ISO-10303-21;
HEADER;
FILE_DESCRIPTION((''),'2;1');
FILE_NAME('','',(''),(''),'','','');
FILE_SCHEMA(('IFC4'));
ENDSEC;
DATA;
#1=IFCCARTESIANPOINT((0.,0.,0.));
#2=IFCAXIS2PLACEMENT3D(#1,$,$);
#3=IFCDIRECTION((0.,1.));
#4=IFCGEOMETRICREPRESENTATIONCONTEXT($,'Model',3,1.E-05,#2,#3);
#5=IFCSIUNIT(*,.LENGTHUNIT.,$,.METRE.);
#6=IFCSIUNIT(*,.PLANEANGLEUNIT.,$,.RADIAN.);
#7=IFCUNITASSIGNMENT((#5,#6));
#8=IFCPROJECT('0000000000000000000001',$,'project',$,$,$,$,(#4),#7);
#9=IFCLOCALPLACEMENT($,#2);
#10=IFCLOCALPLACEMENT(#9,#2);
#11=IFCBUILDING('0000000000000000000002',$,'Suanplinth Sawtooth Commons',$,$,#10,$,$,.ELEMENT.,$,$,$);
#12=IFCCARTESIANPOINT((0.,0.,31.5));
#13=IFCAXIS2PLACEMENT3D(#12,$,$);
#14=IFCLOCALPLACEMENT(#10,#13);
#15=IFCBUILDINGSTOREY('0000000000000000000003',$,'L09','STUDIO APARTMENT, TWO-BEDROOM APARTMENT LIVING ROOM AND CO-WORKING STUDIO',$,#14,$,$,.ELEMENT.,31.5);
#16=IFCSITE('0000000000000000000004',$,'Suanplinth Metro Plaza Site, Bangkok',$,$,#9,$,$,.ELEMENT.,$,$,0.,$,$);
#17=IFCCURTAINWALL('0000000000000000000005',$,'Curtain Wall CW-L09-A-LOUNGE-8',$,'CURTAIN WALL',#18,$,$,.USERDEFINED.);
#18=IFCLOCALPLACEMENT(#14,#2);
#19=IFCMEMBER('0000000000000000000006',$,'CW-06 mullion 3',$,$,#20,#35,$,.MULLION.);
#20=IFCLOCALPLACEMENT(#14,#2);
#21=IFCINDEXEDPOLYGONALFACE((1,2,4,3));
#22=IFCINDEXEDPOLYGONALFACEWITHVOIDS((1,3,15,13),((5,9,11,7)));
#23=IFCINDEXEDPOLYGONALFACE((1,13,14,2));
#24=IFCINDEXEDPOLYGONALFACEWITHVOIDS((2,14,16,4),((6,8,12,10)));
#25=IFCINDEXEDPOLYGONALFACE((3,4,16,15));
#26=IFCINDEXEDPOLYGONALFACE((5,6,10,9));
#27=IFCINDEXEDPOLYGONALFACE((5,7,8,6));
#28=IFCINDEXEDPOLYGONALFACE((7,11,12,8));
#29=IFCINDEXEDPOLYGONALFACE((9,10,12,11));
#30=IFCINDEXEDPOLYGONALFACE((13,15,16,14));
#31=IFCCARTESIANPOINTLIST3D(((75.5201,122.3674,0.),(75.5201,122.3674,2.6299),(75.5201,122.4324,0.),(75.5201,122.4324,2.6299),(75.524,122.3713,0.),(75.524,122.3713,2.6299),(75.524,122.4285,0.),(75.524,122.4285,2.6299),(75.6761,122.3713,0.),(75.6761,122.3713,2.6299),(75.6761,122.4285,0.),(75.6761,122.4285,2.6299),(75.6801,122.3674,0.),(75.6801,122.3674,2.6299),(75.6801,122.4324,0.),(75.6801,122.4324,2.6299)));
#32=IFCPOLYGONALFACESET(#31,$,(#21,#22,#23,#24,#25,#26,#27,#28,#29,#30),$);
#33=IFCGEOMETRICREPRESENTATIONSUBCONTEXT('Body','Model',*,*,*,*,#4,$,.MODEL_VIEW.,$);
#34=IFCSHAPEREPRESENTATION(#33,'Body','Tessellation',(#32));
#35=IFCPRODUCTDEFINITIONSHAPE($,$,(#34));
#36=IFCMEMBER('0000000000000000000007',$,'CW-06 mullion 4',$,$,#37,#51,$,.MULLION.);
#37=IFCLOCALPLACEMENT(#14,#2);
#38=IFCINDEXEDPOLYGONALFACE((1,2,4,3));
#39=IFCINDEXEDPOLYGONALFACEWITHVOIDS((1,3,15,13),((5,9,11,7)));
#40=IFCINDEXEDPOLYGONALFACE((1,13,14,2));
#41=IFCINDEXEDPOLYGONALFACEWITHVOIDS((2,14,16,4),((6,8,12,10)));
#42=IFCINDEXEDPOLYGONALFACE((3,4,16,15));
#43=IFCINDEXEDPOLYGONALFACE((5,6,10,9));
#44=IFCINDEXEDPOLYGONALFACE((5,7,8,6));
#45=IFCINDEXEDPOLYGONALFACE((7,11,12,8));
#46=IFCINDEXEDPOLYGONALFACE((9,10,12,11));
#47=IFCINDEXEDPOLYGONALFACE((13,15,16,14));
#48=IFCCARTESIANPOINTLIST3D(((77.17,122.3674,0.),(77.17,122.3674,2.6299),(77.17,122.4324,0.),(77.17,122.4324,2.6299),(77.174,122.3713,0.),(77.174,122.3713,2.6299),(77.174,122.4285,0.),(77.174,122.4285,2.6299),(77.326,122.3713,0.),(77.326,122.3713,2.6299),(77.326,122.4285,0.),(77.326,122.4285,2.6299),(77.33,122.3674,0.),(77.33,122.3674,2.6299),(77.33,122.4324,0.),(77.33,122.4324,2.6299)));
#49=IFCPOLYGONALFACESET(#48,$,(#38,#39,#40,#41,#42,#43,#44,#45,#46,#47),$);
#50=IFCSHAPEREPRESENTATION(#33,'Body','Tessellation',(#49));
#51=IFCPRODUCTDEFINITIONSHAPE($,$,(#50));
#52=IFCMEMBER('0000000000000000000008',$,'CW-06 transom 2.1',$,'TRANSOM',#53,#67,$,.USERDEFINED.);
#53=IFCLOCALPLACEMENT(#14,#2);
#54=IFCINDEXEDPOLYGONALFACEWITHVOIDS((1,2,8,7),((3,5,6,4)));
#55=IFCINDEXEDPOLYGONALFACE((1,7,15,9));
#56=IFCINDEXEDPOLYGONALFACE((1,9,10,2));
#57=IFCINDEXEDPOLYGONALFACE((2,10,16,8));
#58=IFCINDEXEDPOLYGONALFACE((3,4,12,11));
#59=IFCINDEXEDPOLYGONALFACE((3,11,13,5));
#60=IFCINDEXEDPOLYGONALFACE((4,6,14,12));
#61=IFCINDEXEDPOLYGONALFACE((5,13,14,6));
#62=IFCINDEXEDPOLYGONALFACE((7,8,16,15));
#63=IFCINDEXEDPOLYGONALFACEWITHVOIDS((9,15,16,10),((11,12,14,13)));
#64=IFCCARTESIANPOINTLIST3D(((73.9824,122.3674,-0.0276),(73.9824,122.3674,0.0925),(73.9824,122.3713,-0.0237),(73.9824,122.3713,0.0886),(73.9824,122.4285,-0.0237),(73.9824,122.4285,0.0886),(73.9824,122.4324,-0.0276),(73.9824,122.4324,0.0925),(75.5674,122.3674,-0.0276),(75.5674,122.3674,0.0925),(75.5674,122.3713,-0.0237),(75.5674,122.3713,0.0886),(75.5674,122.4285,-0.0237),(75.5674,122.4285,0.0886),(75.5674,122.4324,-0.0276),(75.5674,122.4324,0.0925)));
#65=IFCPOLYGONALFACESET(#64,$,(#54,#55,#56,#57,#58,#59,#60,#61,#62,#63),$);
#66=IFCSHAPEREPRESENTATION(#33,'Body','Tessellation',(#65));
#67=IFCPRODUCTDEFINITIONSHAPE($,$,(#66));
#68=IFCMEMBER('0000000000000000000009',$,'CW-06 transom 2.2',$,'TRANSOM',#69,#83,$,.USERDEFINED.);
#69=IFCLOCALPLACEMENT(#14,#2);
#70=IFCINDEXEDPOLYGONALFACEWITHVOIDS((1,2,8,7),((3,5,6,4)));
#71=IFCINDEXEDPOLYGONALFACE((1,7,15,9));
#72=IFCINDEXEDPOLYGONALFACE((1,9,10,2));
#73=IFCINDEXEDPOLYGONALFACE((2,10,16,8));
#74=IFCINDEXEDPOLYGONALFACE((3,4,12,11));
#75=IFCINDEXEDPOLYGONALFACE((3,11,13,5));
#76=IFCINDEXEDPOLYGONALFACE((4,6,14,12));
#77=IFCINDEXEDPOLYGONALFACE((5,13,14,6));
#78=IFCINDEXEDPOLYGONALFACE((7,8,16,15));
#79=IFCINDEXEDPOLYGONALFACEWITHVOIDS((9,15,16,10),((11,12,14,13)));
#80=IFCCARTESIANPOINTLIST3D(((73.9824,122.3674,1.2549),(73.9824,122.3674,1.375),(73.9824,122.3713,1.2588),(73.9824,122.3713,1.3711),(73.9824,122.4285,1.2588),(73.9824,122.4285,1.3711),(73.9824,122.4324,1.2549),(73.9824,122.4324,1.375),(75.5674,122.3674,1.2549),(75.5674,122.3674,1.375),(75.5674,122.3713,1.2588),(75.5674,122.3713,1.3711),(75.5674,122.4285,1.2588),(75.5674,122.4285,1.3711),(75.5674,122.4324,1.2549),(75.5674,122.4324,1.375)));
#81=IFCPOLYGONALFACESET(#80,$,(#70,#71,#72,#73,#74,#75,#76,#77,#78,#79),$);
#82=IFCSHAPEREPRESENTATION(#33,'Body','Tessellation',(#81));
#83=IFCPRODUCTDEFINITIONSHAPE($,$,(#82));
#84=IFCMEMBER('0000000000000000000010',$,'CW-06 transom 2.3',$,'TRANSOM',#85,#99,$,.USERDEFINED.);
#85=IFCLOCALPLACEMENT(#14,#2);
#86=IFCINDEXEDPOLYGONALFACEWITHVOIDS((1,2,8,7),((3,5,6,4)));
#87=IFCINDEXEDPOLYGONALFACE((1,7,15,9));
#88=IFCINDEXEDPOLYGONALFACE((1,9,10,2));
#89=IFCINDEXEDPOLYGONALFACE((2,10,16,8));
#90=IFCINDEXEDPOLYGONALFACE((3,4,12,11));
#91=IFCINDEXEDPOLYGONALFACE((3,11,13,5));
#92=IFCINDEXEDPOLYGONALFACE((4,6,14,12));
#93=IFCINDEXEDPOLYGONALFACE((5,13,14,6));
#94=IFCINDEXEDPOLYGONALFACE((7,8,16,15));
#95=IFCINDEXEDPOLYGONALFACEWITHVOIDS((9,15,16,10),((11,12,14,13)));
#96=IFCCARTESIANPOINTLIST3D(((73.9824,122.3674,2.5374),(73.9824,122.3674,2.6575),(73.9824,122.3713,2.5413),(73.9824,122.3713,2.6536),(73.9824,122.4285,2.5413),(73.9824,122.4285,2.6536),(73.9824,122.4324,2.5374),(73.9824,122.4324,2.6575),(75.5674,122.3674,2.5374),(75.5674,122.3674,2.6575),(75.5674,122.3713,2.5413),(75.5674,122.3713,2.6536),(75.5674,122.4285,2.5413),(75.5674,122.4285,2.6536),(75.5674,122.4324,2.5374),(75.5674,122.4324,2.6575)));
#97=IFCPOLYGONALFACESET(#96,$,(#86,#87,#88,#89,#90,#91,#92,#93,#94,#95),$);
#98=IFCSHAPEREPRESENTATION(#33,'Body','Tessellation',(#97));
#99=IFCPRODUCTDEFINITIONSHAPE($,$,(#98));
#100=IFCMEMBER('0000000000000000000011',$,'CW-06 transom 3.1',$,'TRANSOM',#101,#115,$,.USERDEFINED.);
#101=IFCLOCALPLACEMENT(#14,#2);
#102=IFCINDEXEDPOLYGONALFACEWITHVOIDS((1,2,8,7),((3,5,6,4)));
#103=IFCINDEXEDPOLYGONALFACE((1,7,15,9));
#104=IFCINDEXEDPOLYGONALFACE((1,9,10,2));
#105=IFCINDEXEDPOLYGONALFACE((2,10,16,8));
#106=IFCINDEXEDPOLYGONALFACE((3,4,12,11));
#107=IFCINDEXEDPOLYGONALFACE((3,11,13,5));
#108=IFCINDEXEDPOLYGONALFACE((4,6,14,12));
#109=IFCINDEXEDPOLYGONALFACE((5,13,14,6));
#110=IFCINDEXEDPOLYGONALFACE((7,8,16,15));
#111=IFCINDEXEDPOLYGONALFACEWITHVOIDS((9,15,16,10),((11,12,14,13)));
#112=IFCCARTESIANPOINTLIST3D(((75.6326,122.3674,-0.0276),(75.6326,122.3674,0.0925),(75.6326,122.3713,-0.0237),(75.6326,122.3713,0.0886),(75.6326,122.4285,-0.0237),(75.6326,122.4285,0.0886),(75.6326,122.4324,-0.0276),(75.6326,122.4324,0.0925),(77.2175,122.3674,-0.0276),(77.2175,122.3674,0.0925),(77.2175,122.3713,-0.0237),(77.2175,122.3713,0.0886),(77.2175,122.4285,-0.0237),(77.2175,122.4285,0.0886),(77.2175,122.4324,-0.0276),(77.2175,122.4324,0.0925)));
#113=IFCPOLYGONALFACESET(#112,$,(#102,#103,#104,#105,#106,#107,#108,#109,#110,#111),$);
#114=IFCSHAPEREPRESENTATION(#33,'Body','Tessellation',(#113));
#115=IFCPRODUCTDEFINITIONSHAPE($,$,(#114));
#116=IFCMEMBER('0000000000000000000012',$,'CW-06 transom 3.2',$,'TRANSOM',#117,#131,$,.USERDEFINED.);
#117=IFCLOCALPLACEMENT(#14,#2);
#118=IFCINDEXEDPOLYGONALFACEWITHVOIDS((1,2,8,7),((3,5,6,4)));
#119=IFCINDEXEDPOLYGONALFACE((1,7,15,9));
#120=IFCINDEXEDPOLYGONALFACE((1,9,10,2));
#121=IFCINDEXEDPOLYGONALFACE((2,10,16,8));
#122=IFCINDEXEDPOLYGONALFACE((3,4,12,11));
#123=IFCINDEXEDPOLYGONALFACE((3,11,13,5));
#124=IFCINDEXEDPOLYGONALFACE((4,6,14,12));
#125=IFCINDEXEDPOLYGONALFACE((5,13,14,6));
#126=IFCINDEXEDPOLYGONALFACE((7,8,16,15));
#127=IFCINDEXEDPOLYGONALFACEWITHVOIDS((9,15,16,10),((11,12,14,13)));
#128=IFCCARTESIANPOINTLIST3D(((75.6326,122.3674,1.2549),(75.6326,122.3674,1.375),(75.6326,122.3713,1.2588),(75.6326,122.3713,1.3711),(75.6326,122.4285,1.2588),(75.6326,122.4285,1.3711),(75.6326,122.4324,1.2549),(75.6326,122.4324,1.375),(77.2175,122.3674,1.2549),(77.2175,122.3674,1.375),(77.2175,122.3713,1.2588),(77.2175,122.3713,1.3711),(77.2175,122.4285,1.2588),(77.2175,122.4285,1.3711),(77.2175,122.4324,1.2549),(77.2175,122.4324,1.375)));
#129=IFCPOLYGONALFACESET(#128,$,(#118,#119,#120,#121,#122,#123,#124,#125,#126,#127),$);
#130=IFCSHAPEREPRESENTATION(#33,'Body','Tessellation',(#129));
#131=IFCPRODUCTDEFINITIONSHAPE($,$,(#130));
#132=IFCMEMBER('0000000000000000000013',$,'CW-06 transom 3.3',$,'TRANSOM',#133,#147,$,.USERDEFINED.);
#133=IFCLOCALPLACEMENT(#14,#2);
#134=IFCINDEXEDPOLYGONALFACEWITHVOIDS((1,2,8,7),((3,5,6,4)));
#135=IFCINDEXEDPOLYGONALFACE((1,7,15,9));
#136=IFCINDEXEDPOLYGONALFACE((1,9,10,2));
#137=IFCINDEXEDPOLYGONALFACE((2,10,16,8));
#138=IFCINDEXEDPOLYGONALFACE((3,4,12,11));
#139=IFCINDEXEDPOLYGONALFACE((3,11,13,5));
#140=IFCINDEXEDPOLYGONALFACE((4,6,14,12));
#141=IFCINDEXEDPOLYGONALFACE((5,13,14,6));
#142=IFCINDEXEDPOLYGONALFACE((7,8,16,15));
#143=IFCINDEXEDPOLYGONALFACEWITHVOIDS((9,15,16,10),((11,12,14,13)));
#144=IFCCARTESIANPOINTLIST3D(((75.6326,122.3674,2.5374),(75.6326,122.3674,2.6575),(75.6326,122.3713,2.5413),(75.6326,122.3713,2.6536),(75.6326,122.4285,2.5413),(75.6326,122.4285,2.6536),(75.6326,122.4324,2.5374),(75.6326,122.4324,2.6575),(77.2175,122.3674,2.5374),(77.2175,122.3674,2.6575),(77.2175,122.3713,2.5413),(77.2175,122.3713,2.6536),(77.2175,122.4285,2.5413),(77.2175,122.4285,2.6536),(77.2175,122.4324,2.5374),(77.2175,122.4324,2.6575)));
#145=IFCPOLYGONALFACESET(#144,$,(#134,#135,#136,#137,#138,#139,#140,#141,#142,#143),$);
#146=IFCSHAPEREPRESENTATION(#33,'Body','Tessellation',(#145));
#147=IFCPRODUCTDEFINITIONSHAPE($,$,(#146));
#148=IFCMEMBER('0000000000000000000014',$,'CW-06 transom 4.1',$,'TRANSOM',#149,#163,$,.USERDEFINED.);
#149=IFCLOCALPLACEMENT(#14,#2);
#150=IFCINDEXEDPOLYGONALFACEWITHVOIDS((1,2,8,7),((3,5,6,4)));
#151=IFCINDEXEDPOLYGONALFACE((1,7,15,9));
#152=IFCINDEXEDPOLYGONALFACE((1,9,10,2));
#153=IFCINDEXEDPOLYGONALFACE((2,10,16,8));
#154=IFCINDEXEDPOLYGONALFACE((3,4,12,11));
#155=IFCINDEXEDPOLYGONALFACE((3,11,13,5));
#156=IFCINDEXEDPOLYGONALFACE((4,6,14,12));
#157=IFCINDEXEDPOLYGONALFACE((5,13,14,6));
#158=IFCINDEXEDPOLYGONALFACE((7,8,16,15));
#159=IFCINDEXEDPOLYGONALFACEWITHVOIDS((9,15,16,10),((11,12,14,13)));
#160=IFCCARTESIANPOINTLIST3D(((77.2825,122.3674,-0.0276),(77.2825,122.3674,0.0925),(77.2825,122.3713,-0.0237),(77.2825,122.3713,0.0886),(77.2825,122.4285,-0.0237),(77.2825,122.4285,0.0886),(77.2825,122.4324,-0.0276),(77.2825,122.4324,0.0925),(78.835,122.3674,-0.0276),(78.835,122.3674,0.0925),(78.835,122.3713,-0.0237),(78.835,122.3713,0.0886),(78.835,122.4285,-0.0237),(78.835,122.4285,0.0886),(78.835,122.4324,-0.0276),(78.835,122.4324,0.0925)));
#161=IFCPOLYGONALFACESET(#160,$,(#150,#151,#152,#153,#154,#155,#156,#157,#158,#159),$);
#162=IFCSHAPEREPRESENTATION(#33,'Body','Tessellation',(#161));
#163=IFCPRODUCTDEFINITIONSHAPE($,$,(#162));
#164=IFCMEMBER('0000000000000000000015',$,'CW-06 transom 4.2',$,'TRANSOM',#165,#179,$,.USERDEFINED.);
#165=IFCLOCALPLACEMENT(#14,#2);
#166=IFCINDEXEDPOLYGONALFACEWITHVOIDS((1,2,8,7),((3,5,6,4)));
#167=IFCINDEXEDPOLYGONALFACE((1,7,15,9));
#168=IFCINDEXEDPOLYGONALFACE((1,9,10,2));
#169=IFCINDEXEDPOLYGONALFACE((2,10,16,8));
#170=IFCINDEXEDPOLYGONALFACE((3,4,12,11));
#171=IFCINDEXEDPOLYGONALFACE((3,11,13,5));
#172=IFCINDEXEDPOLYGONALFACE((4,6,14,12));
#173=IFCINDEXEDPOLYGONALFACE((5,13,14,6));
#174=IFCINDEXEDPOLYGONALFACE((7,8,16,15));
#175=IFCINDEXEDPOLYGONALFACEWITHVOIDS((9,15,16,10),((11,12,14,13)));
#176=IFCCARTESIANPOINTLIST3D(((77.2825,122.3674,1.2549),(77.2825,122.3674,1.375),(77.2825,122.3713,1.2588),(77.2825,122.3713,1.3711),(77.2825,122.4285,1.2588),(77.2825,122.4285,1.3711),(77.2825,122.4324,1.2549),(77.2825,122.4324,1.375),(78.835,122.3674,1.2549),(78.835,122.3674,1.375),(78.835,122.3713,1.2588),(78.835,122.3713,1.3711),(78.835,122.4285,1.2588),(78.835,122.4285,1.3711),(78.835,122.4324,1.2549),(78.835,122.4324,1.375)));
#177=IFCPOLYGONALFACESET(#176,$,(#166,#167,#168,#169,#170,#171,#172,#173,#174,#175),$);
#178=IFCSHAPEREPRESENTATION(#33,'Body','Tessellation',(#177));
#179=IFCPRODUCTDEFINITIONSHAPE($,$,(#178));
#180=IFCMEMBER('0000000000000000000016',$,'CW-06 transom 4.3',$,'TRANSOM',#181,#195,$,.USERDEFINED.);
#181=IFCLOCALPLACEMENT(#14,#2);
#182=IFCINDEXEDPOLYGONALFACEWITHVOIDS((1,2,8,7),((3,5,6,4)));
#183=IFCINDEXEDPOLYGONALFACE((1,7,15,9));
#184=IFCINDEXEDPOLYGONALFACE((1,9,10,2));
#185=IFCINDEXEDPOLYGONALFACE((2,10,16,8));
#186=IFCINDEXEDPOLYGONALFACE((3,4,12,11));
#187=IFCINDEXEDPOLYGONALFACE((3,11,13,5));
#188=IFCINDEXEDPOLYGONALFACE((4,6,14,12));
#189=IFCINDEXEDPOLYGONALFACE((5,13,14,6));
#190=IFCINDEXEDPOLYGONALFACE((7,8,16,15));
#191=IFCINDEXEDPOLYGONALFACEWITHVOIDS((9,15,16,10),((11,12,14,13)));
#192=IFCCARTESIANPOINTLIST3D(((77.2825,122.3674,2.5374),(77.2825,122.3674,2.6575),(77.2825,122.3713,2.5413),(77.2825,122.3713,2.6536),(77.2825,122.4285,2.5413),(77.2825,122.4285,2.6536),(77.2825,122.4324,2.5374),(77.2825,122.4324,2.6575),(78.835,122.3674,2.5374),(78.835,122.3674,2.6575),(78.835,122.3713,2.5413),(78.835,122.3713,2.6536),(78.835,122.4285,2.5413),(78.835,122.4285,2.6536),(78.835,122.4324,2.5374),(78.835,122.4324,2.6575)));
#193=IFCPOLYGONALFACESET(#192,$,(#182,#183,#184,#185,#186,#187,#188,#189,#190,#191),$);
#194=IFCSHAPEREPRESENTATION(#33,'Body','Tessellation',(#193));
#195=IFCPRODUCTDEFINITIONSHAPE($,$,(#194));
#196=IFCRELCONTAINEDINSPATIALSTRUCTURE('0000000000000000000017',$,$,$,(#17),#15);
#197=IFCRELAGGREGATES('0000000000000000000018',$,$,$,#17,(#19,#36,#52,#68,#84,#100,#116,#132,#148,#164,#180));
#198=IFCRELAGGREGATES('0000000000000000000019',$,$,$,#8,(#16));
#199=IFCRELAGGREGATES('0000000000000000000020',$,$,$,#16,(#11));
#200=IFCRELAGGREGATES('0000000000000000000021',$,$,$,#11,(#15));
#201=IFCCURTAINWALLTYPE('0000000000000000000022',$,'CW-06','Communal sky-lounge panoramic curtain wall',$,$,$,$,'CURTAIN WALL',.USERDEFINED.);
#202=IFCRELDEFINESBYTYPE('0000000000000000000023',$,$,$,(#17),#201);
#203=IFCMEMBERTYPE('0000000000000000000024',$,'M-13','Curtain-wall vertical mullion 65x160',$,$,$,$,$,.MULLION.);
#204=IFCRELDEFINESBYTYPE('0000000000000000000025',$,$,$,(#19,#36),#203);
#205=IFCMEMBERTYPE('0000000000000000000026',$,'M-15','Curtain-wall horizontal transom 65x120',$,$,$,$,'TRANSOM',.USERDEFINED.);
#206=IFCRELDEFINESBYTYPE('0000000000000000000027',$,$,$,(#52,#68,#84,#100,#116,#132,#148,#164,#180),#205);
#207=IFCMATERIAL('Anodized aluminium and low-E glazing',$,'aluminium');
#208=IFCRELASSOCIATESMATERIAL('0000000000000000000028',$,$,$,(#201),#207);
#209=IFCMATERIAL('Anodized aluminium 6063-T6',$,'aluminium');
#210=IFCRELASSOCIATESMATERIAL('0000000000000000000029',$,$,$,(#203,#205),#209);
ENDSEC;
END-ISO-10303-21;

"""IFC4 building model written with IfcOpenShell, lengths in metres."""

from ifc_helpers import new_model, si_unit, direction, frame, origin, origin_2d, place, context, subcontext, project, spatial, hollow_rectangle, extrude, material, material_profile, profile_set, type_object, element, aggregate, save


model = new_model("IFC4")

# Units and contexts
model_context = context("Model", 3, precision=1e-05, world=origin(), true_north=direction((0.0, 1.0)))
body_context = subcontext(model_context, "Body", "Model", "MODEL_VIEW")
ifc_project = project(units=[si_unit("LENGTHUNIT", "METRE"), si_unit("PLANEANGLEUNIT", "RADIAN")], contexts=[model_context])

# Site, building, storey
site_placement = place(None, origin())
site = spatial("IfcSite", under=ifc_project, at=site_placement, Name="Suanplinth Metro Plaza Site, Bangkok", CompositionType="ELEMENT", RefElevation=0.0)
building_placement = place(site_placement, origin())
building = spatial("IfcBuilding", under=site, at=building_placement, Name="Suanplinth Sawtooth Commons", CompositionType="ELEMENT")
storey_placement = place(building_placement, frame((0.0, 0.0, 31.5)))
storey = spatial("IfcBuildingStorey", under=building, at=storey_placement, Name="L09", Description="STUDIO APARTMENT, TWO-BEDROOM APARTMENT LIVING ROOM AND CO-WORKING STUDIO", CompositionType="ELEMENT", Elevation=31.5)

# Curtain wall, members
ifc_material_1 = material(Name="Anodized aluminium and low-E glazing", Category="aluminium")
curtain_wall_type = type_object("IfcCurtainWallType", Name="CW-06", Description="Communal sky-lounge panoramic curtain wall", ElementType="CURTAIN WALL", PredefinedType="USERDEFINED", material=ifc_material_1)
curtain_wall_placement = place(storey_placement, origin())
curtain_wall = element("IfcCurtainWall", 1, at=curtain_wall_placement, inside=storey, type_object=curtain_wall_type, Name="Curtain Wall CW-L09-A-LOUNGE-8", ObjectType="CURTAIN WALL", PredefinedType="USERDEFINED")
ifc_material_2 = material(Name="Anodized aluminium 6063-T6", Category="aluminium")
ifc_material_profile_1 = material_profile(ifc_material_2, hollow_rectangle(XDim=0.0649, YDim=0.1599, WallThickness=0.0039, at=origin_2d()), Name="ALU-MUL 65x160")
ifc_profile_set_1 = profile_set([ifc_material_profile_1], Name="Anodized aluminium 6063-T6")
member_type_1 = type_object("IfcMemberType", Name="M-13", Description="Curtain-wall vertical mullion 65x160", PredefinedType="MULLION", material=ifc_profile_set_1)
member_1_placement = place(storey_placement, frame((75.6001, 122.3999, 0.0), z_axis=(0.0, 0.0, 1.0), x_axis=(0.0, 1.0, 0.0)))
member_1 = element("IfcMember", 2, at=member_1_placement, type_object=member_type_1, Name="CW-06 mullion 3", PredefinedType="MULLION", context=body_context, shape_type="SweptSolid", body=[
    extrude(hollow_rectangle(XDim=0.0649, YDim=0.1599, WallThickness=0.0039, at=origin_2d()), origin(), (0.0, 0.0, 1.0), 2.6299),
])
member_2_placement = place(storey_placement, frame((77.25, 122.3999, 0.0), z_axis=(0.0, 0.0, 1.0), x_axis=(0.0, 1.0, 0.0)))
member_2 = element("IfcMember", 3, at=member_2_placement, type_object=member_type_1, Name="CW-06 mullion 4", PredefinedType="MULLION", context=body_context, shape_type="SweptSolid", body=[
    extrude(hollow_rectangle(XDim=0.0649, YDim=0.1599, WallThickness=0.0039, at=origin_2d()), origin(), (0.0, 0.0, 1.0), 2.6299),
])
ifc_material_profile_2 = material_profile(ifc_material_2, hollow_rectangle(XDim=0.0649, YDim=0.1201, WallThickness=0.0039, at=origin_2d()), Name="ALU-TRN 65x120")
ifc_profile_set_2 = profile_set([ifc_material_profile_2], Name="Anodized aluminium 6063-T6")
member_type_2 = type_object("IfcMemberType", Name="M-15", Description="Curtain-wall horizontal transom 65x120", ElementType="TRANSOM", PredefinedType="USERDEFINED", material=ifc_profile_set_2)
member_3_placement = place(storey_placement, frame((73.9824, 122.3999, 0.0325), z_axis=(1.0, 0.0, 0.0), x_axis=(0.0, 1.0, 0.0)))
member_3 = element("IfcMember", 4, at=member_3_placement, type_object=member_type_2, Name="CW-06 transom 2.1", ObjectType="TRANSOM", PredefinedType="USERDEFINED", context=body_context, shape_type="SweptSolid", body=[
    extrude(hollow_rectangle(XDim=0.0649, YDim=0.1201, WallThickness=0.0039, at=origin_2d()), origin(), (0.0, 0.0, 1.0), 1.585),
])
member_4_placement = place(storey_placement, frame((73.9824, 122.3999, 1.3149), z_axis=(1.0, 0.0, 0.0), x_axis=(0.0, 1.0, 0.0)))
member_4 = element("IfcMember", 5, at=member_4_placement, type_object=member_type_2, Name="CW-06 transom 2.2", ObjectType="TRANSOM", PredefinedType="USERDEFINED", context=body_context, shape_type="SweptSolid", body=[
    extrude(hollow_rectangle(XDim=0.0649, YDim=0.1201, WallThickness=0.0039, at=origin_2d()), origin(), (0.0, 0.0, 1.0), 1.585),
])
member_5_placement = place(storey_placement, frame((73.9824, 122.3999, 2.5974), z_axis=(1.0, 0.0, 0.0), x_axis=(0.0, 1.0, 0.0)))
member_5 = element("IfcMember", 6, at=member_5_placement, type_object=member_type_2, Name="CW-06 transom 2.3", ObjectType="TRANSOM", PredefinedType="USERDEFINED", context=body_context, shape_type="SweptSolid", body=[
    extrude(hollow_rectangle(XDim=0.0649, YDim=0.1201, WallThickness=0.0039, at=origin_2d()), origin(), (0.0, 0.0, 1.0), 1.585),
])
member_6_placement = place(storey_placement, frame((75.6326, 122.3999, 0.0325), z_axis=(1.0, 0.0, 0.0), x_axis=(0.0, 1.0, 0.0)))
member_6 = element("IfcMember", 7, at=member_6_placement, type_object=member_type_2, Name="CW-06 transom 3.1", ObjectType="TRANSOM", PredefinedType="USERDEFINED", context=body_context, shape_type="SweptSolid", body=[
    extrude(hollow_rectangle(XDim=0.0649, YDim=0.1201, WallThickness=0.0039, at=origin_2d()), origin(), (0.0, 0.0, 1.0), 1.585),
])
member_7_placement = place(storey_placement, frame((75.6326, 122.3999, 1.3149), z_axis=(1.0, 0.0, 0.0), x_axis=(0.0, 1.0, 0.0)))
member_7 = element("IfcMember", 8, at=member_7_placement, type_object=member_type_2, Name="CW-06 transom 3.2", ObjectType="TRANSOM", PredefinedType="USERDEFINED", context=body_context, shape_type="SweptSolid", body=[
    extrude(hollow_rectangle(XDim=0.0649, YDim=0.1201, WallThickness=0.0039, at=origin_2d()), origin(), (0.0, 0.0, 1.0), 1.585),
])
member_8_placement = place(storey_placement, frame((75.6326, 122.3999, 2.5974), z_axis=(1.0, 0.0, 0.0), x_axis=(0.0, 1.0, 0.0)))
member_8 = element("IfcMember", 9, at=member_8_placement, type_object=member_type_2, Name="CW-06 transom 3.3", ObjectType="TRANSOM", PredefinedType="USERDEFINED", context=body_context, shape_type="SweptSolid", body=[
    extrude(hollow_rectangle(XDim=0.0649, YDim=0.1201, WallThickness=0.0039, at=origin_2d()), origin(), (0.0, 0.0, 1.0), 1.585),
])
member_9_placement = place(storey_placement, frame((77.2825, 122.3999, 0.0325), z_axis=(1.0, 0.0, 0.0), x_axis=(0.0, 1.0, 0.0)))
member_9 = element("IfcMember", 10, at=member_9_placement, type_object=member_type_2, Name="CW-06 transom 4.1", ObjectType="TRANSOM", PredefinedType="USERDEFINED", context=body_context, shape_type="SweptSolid", body=[
    extrude(hollow_rectangle(XDim=0.0649, YDim=0.1201, WallThickness=0.0039, at=origin_2d()), origin(), (0.0, 0.0, 1.0), 1.5525),
])
member_10_placement = place(storey_placement, frame((77.2825, 122.3999, 1.3149), z_axis=(1.0, 0.0, 0.0), x_axis=(0.0, 1.0, 0.0)))
member_10 = element("IfcMember", 11, at=member_10_placement, type_object=member_type_2, Name="CW-06 transom 4.2", ObjectType="TRANSOM", PredefinedType="USERDEFINED", context=body_context, shape_type="SweptSolid", body=[
    extrude(hollow_rectangle(XDim=0.0649, YDim=0.1201, WallThickness=0.0039, at=origin_2d()), origin(), (0.0, 0.0, 1.0), 1.5525),
])
member_11_placement = place(storey_placement, frame((77.2825, 122.3999, 2.5974), z_axis=(1.0, 0.0, 0.0), x_axis=(0.0, 1.0, 0.0)))
member_11 = element("IfcMember", 12, at=member_11_placement, type_object=member_type_2, Name="CW-06 transom 4.3", ObjectType="TRANSOM", PredefinedType="USERDEFINED", context=body_context, shape_type="SweptSolid", body=[
    extrude(hollow_rectangle(XDim=0.0649, YDim=0.1201, WallThickness=0.0039, at=origin_2d()), origin(), (0.0, 0.0, 1.0), 1.5525),
])
aggregate(curtain_wall, [member_1, member_2, member_3, member_4, member_5, member_6, member_7, member_8, member_9, member_10, member_11])

save(model, "model.ifc")
